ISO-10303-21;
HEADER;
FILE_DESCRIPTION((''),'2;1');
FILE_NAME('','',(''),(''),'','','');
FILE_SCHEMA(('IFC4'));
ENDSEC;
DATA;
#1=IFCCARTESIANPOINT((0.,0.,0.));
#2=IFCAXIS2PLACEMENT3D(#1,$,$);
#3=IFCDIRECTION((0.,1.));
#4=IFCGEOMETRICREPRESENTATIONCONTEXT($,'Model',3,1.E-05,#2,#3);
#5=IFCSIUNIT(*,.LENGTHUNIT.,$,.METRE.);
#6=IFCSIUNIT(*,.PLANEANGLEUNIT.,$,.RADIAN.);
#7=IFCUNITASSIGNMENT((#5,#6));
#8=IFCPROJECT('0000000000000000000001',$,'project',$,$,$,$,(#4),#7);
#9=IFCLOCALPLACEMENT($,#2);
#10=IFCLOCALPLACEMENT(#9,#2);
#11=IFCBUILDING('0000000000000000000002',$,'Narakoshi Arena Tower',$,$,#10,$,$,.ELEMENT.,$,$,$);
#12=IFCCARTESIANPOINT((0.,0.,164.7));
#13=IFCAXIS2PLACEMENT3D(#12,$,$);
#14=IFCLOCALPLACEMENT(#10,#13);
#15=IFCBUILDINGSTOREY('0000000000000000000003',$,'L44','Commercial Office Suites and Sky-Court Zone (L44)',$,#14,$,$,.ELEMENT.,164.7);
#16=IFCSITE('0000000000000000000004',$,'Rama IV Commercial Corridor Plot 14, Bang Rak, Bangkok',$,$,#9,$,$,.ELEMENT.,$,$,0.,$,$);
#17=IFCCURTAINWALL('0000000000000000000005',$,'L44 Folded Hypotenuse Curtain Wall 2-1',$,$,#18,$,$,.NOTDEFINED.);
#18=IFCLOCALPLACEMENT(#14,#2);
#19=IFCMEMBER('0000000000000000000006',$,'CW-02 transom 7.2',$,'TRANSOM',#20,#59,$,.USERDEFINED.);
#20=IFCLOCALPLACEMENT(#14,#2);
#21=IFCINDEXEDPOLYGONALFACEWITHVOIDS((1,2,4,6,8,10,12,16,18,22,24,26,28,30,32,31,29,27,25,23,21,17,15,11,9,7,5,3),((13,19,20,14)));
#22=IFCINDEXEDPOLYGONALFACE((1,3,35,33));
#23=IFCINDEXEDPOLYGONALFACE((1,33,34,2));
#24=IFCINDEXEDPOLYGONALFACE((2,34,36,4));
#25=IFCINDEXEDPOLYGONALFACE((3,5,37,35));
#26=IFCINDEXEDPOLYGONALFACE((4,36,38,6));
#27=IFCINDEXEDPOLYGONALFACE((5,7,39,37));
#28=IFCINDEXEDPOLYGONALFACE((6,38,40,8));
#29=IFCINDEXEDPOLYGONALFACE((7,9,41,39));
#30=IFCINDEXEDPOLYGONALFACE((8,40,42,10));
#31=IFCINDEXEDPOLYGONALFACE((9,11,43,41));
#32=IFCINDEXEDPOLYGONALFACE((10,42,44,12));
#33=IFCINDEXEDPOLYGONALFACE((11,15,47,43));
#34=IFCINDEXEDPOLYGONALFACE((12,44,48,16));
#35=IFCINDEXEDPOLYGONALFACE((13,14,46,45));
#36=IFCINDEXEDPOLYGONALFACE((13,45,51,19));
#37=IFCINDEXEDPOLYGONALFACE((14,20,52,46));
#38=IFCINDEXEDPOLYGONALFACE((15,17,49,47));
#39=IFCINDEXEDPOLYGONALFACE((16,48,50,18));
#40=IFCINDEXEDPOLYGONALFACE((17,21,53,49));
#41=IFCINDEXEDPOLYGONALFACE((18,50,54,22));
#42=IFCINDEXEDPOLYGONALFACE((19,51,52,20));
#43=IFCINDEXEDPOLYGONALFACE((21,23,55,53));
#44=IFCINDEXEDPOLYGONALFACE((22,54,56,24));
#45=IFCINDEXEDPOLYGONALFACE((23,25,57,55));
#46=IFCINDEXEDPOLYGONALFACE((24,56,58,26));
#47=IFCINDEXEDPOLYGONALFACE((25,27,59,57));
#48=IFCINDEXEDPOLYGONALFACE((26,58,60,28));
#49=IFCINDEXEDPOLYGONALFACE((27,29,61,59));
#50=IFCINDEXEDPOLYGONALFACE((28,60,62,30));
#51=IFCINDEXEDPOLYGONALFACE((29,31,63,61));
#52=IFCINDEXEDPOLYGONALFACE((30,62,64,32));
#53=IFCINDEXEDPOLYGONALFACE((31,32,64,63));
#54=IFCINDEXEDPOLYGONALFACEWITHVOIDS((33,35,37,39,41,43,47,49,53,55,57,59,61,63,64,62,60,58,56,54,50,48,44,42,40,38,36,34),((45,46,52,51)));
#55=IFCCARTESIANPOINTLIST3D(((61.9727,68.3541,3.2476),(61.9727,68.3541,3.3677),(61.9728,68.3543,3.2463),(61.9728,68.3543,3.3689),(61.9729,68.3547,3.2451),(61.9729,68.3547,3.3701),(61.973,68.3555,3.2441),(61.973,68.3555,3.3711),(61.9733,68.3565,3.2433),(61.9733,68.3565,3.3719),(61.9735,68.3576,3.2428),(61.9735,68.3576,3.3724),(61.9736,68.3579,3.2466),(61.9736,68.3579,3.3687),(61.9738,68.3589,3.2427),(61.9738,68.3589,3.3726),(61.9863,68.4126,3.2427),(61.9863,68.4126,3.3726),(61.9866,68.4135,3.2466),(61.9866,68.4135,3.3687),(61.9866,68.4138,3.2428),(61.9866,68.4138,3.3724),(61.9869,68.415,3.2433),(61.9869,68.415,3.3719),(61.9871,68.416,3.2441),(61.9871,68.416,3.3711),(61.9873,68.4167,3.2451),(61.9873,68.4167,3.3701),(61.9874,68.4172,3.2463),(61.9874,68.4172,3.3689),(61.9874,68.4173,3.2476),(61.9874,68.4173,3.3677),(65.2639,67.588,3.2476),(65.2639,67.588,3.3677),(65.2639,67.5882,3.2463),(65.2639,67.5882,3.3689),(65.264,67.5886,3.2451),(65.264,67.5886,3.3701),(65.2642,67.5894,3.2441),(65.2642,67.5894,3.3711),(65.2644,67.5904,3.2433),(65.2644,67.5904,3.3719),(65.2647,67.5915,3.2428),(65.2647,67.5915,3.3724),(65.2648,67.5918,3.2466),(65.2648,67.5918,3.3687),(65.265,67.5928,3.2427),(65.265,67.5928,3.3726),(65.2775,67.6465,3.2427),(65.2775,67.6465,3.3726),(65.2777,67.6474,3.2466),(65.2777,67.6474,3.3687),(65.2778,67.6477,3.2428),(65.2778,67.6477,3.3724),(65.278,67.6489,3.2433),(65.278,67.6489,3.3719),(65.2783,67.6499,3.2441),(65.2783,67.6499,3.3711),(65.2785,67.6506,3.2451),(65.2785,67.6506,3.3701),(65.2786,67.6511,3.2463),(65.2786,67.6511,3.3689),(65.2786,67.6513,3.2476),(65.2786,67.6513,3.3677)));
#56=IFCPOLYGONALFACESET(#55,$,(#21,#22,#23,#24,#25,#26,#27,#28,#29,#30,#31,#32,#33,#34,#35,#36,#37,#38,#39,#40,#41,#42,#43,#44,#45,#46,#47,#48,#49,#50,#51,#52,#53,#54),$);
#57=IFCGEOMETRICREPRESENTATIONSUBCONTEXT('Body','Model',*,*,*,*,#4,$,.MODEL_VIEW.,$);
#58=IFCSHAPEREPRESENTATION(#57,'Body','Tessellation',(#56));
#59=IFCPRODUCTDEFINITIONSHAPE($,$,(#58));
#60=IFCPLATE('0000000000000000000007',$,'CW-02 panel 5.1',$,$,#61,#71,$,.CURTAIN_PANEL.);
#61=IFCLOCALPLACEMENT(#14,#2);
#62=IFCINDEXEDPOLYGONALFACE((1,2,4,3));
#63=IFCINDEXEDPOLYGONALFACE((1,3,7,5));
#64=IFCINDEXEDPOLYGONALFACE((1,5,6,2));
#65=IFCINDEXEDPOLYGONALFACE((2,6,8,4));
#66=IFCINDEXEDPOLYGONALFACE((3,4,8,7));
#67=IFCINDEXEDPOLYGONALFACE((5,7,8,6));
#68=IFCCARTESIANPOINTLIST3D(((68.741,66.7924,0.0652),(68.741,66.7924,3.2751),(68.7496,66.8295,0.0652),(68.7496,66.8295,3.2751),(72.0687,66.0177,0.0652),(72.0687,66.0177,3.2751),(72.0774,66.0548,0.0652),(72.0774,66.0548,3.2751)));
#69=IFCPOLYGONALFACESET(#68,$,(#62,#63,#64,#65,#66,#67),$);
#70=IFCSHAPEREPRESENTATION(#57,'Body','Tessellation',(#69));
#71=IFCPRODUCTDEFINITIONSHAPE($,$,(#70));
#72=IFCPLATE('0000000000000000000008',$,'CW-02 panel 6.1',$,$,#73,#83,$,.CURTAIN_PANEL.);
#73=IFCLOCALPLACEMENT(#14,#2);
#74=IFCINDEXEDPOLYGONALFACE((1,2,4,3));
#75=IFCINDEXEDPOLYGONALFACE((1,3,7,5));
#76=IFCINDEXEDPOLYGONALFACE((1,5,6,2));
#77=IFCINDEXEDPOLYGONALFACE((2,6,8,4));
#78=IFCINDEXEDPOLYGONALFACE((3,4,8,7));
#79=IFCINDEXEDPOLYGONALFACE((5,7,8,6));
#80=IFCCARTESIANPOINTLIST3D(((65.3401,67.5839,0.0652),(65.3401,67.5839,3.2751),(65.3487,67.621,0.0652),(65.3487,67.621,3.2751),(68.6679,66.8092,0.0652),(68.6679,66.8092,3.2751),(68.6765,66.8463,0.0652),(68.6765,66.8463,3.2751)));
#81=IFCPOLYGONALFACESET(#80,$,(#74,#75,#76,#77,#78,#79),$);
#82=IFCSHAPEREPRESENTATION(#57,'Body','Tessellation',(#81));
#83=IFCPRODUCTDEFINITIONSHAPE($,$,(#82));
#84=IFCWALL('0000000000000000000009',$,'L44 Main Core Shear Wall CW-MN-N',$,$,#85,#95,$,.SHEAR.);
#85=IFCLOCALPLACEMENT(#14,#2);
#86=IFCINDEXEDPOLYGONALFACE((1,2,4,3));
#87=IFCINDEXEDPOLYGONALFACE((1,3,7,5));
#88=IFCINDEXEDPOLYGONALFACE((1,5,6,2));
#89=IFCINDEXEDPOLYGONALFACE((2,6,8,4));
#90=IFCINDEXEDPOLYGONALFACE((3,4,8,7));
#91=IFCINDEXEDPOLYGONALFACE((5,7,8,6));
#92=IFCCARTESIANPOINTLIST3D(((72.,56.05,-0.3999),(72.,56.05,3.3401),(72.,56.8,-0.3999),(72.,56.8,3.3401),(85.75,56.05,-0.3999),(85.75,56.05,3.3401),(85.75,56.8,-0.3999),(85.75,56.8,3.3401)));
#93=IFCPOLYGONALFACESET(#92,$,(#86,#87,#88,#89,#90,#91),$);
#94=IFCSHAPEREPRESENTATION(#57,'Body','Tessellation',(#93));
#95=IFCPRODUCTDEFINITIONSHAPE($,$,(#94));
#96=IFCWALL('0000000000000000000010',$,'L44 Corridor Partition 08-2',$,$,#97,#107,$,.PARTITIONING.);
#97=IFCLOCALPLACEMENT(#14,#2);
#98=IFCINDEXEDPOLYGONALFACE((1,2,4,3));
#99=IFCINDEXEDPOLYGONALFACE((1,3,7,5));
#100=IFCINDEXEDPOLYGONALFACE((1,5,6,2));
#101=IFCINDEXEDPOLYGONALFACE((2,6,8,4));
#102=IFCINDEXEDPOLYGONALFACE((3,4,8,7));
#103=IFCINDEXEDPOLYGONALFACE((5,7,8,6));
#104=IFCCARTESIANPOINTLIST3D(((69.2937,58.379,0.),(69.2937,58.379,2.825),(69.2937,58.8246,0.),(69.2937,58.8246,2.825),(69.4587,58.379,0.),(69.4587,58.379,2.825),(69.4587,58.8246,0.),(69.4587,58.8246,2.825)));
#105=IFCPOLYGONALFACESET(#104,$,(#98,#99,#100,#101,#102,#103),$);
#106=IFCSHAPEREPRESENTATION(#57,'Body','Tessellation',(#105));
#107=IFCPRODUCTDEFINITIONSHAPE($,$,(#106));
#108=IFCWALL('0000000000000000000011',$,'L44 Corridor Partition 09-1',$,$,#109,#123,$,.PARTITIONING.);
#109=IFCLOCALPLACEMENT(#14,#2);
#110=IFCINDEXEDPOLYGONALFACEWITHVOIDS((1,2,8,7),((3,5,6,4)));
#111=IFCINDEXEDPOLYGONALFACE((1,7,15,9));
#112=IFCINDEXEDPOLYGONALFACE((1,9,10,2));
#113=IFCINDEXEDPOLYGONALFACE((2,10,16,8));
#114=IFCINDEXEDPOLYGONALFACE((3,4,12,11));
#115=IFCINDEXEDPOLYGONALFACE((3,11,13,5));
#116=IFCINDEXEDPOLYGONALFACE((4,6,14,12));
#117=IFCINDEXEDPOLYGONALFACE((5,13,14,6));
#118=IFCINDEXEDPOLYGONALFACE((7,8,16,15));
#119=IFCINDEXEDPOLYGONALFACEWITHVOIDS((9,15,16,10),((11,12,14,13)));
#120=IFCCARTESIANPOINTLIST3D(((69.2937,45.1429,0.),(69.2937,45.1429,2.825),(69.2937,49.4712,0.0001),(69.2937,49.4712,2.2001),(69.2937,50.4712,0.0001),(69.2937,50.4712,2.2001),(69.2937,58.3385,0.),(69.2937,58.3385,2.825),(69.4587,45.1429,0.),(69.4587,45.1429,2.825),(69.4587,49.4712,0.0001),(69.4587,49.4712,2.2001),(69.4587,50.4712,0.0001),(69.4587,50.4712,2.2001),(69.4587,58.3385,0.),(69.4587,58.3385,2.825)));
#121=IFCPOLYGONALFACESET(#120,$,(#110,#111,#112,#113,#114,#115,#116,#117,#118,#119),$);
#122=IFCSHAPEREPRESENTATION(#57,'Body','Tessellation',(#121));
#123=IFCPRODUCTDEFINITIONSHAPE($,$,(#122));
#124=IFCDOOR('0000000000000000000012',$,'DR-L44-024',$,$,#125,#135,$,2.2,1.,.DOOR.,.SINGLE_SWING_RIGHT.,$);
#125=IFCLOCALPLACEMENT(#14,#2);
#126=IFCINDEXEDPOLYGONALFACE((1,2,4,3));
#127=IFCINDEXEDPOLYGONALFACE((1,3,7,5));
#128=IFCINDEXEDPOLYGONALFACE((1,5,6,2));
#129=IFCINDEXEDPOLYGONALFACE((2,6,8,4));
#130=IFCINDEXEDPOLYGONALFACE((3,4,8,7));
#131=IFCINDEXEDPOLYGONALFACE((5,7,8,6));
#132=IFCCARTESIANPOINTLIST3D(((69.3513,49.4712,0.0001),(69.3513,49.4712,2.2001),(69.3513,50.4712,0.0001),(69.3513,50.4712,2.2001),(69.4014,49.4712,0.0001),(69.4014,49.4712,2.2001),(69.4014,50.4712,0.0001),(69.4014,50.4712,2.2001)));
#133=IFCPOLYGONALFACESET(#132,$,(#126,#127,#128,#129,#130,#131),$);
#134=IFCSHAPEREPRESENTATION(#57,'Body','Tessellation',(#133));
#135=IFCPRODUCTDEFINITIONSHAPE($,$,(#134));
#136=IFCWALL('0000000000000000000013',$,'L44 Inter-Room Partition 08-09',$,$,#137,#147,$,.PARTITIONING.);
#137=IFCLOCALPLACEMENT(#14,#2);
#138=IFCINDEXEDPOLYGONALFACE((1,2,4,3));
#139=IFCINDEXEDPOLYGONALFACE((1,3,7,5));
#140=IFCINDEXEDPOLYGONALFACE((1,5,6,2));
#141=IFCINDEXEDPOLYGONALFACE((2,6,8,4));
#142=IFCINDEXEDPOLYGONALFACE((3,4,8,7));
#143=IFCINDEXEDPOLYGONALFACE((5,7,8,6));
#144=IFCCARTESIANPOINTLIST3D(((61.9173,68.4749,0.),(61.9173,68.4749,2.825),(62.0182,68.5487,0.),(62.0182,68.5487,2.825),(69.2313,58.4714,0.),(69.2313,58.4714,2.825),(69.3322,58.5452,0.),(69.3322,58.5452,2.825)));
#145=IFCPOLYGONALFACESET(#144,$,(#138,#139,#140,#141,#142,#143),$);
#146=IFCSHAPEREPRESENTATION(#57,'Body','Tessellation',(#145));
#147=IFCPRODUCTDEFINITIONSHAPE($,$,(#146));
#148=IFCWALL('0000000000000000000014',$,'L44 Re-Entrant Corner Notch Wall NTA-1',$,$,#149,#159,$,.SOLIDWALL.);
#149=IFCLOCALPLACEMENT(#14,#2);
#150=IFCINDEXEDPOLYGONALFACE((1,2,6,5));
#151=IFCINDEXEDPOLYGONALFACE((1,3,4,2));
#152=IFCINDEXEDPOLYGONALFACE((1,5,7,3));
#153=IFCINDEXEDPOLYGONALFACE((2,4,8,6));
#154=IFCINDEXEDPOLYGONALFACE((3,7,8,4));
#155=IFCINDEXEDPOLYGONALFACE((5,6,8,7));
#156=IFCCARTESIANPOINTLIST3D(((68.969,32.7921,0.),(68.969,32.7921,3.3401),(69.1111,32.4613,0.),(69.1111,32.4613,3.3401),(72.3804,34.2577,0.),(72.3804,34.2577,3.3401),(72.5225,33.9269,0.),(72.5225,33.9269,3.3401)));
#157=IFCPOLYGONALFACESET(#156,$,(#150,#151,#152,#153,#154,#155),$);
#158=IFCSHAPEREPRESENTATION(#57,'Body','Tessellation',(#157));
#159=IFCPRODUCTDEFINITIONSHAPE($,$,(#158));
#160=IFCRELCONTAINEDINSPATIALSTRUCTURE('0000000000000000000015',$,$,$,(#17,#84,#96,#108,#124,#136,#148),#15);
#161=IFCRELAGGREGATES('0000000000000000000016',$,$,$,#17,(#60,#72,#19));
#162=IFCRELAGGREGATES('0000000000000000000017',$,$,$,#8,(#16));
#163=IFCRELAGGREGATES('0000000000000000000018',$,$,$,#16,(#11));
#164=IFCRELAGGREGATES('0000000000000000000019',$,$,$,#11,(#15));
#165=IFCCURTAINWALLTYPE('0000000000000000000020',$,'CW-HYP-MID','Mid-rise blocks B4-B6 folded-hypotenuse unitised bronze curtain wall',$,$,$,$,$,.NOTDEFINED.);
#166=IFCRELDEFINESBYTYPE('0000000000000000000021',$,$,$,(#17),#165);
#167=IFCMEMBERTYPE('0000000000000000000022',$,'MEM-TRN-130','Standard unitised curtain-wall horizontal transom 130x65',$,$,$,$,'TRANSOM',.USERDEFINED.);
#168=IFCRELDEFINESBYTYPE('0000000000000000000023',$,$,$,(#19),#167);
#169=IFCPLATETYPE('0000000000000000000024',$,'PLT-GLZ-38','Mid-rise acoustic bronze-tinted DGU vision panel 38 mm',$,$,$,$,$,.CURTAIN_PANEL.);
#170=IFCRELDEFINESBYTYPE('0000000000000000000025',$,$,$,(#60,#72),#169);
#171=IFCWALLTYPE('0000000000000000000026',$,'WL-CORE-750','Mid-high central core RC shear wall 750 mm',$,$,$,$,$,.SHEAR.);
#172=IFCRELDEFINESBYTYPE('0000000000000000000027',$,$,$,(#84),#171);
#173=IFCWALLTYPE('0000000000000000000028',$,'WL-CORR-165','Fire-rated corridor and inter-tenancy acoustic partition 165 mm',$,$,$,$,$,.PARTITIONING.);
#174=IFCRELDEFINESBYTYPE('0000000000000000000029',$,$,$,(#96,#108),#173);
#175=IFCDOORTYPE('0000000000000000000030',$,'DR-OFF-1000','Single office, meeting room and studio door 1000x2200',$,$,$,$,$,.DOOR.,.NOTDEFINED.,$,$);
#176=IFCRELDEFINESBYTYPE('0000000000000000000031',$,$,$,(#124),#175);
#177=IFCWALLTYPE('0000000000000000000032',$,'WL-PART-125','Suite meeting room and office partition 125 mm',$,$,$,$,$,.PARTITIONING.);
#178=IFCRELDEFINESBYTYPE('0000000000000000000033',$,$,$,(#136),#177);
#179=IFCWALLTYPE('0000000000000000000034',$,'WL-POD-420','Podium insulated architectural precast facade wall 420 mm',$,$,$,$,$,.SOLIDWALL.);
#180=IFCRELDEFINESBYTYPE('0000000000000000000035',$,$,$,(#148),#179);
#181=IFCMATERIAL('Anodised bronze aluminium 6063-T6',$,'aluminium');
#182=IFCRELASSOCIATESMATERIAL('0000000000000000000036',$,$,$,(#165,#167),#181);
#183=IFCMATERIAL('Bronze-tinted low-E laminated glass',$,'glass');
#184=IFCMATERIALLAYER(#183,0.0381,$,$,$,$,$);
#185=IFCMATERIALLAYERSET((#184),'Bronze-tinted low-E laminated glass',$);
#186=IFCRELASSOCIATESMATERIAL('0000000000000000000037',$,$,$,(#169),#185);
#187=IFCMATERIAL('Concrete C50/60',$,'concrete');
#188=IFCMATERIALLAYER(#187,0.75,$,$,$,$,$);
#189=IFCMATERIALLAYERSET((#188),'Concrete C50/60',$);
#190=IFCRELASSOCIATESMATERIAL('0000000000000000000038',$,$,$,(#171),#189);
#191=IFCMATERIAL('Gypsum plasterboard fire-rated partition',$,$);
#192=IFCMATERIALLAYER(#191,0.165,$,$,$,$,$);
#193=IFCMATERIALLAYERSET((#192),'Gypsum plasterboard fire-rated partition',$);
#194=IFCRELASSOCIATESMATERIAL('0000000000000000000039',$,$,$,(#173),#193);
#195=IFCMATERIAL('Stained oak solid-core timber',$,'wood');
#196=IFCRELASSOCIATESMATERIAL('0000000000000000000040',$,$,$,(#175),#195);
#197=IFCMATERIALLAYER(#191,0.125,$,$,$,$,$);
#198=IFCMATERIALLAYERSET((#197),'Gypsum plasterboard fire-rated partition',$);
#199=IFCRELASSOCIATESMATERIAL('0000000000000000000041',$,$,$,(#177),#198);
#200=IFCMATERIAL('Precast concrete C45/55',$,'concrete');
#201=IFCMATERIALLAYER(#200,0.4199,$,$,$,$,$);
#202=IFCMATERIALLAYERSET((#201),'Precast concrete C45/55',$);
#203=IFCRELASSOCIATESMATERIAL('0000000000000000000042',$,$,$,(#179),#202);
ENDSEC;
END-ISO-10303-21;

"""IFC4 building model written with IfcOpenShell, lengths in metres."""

from ifc_helpers import new_model, si_unit, direction, frame, frame_2d, origin, origin_2d, place, context, subcontext, project, spatial, rectangle, hollow_rectangle, extrude, material, layer, layer_set, material_profile, profile_set, type_object, element, fill, aggregate, save


model = new_model("IFC4")

# Units and contexts
model_context = context("Model", 3, precision=1e-05, world=origin(), true_north=direction((0.0, 1.0)))
body_context = subcontext(model_context, "Body", "Model", "MODEL_VIEW")
ifc_project = project(units=[si_unit("LENGTHUNIT", "METRE"), si_unit("PLANEANGLEUNIT", "RADIAN")], contexts=[model_context])

# Site, building, storey
site_placement = place(None, origin())
site = spatial("IfcSite", under=ifc_project, at=site_placement, Name="Rama IV Commercial Corridor Plot 14, Bang Rak, Bangkok", CompositionType="ELEMENT", RefElevation=0.0)
building_placement = place(site_placement, origin())
building = spatial("IfcBuilding", under=site, at=building_placement, Name="Narakoshi Arena Tower", CompositionType="ELEMENT")
storey_placement = place(building_placement, frame((0.0, 0.0, 164.7)))
storey = spatial("IfcBuildingStorey", under=building, at=storey_placement, Name="L44", Description="Commercial Office Suites and Sky-Court Zone (L44)", CompositionType="ELEMENT", Elevation=164.7)

# Curtain wall, member, plates
ifc_material_1 = material(Name="Anodised bronze aluminium 6063-T6", Category="aluminium")
curtain_wall_type = type_object("IfcCurtainWallType", Name="CW-HYP-MID", Description="Mid-rise blocks B4-B6 folded-hypotenuse unitised bronze curtain wall", PredefinedType="NOTDEFINED", material=ifc_material_1)
curtain_wall_placement = place(storey_placement, origin())
curtain_wall = element("IfcCurtainWall", 1, at=curtain_wall_placement, inside=storey, type_object=curtain_wall_type, Name="L44 Folded Hypotenuse Curtain Wall 2-1", PredefinedType="NOTDEFINED")
ifc_material_profile_1 = material_profile(ifc_material_1, hollow_rectangle(XDim=0.0649, YDim=0.1299, WallThickness=0.0039, OuterFilletRadius=0.0049, at=origin_2d()), Name="TRN130x65x4")
ifc_profile_set_1 = profile_set([ifc_material_profile_1], Name="Anodised bronze aluminium 6063-T6")
member_type_1 = type_object("IfcMemberType", Name="MEM-TRN-130", Description="Standard unitised curtain-wall horizontal transom 130x65", ElementType="TRANSOM", PredefinedType="USERDEFINED", material=ifc_profile_set_1)
member_1_placement = place(storey_placement, frame((65.2712, 67.6196, 3.3076), z_axis=(-0.973962, 0.226711, 0.0), x_axis=(-0.226711, -0.973962, 0.0)))
member_1 = element("IfcMember", 2, at=member_1_placement, type_object=member_type_1, Name="CW-02 transom 7.2", ObjectType="TRANSOM", PredefinedType="USERDEFINED", context=body_context, shape_type="SweptSolid", body=[
    extrude(hollow_rectangle(XDim=0.0649, YDim=0.1299, WallThickness=0.0039, OuterFilletRadius=0.0049, at=origin_2d()), origin(), (0.0, 0.0, 1.0), 3.3792),
])
ifc_material_2 = material(Name="Bronze-tinted low-E laminated glass", Category="glass")
ifc_layer_1 = layer(ifc_material_2, 0.0381)
ifc_layer_set_1 = layer_set([ifc_layer_1], Name="Bronze-tinted low-E laminated glass")
plate_type = type_object("IfcPlateType", Name="PLT-GLZ-38", Description="Mid-rise acoustic bronze-tinted DGU vision panel 38 mm", PredefinedType="CURTAIN_PANEL", material=ifc_layer_set_1)
plate_1_placement = place(storey_placement, frame((70.4092, 66.4236, 0.0652), z_axis=(0.0, 0.0, 1.0), x_axis=(-0.97396, 0.226721, 0.0)))
plate_1 = element("IfcPlate", 3, at=plate_1_placement, type_object=plate_type, Name="CW-02 panel 5.1", PredefinedType="CURTAIN_PANEL", context=body_context, shape_type="SweptSolid", body=[
    extrude(rectangle(XDim=3.4167, YDim=0.0381, at=origin_2d()), origin(), (0.0, 0.0, 1.0), 3.21),
])
plate_2_placement = place(storey_placement, frame((67.0083, 67.2151, 0.0652), z_axis=(0.0, 0.0, 1.0), x_axis=(-0.97396, 0.226721, 0.0)))
plate_2 = element("IfcPlate", 4, at=plate_2_placement, type_object=plate_type, Name="CW-02 panel 6.1", PredefinedType="CURTAIN_PANEL", context=body_context, shape_type="SweptSolid", body=[
    extrude(rectangle(XDim=3.4167, YDim=0.0381, at=origin_2d()), origin(), (0.0, 0.0, 1.0), 3.21),
])
aggregate(curtain_wall, [plate_1, plate_2, member_1])

# Walls
ifc_material_3 = material(Name="Concrete C50/60", Category="concrete")
ifc_layer_2 = layer(ifc_material_3, 0.75)
ifc_layer_set_2 = layer_set([ifc_layer_2], Name="Concrete C50/60")
wall_type_1 = type_object("IfcWallType", Name="WL-CORE-750", Description="Mid-high central core RC shear wall 750 mm", PredefinedType="SHEAR", material=ifc_layer_set_2)
wall_1_placement = place(storey_placement, frame((72.0, 56.425, -0.3999), z_axis=(0.0, 0.0, 1.0), x_axis=(1.0, 0.0, 0.0)))
element("IfcWall", 5, at=wall_1_placement, inside=storey, type_object=wall_type_1, Name="L44 Main Core Shear Wall CW-MN-N", PredefinedType="SHEAR", context=body_context, shape_type="SweptSolid", body=[
    extrude(rectangle(XDim=13.75, YDim=0.75, at=frame_2d((6.875, 0.0))), origin(), (0.0, 0.0, 1.0), 3.74),
])
ifc_material_4 = material(Name="Gypsum plasterboard fire-rated partition")
ifc_layer_3 = layer(ifc_material_4, 0.165)
ifc_layer_set_3 = layer_set([ifc_layer_3], Name="Gypsum plasterboard fire-rated partition")
wall_type_2 = type_object("IfcWallType", Name="WL-CORR-165", Description="Fire-rated corridor and inter-tenancy acoustic partition 165 mm", PredefinedType="PARTITIONING", material=ifc_layer_set_3)
wall_2_placement = place(storey_placement, frame((69.3762, 58.8245, 0.0), z_axis=(0.0, 0.0, 1.0), x_axis=(0.0, -1.0, 0.0)))
element("IfcWall", 6, at=wall_2_placement, inside=storey, type_object=wall_type_2, Name="L44 Corridor Partition 08-2", PredefinedType="PARTITIONING", context=body_context, shape_type="SweptSolid", body=[
    extrude(rectangle(XDim=0.4456, YDim=0.165, at=frame_2d((0.2227, 0.0))), origin(), (0.0, 0.0, 1.0), 2.825),
])

# Wall, opening, door
wall_3_placement = place(storey_placement, frame((69.3762, 58.3384, 0.0), z_axis=(0.0, 0.0, 1.0), x_axis=(0.0, -1.0, 0.0)))
wall_3 = element("IfcWall", 7, at=wall_3_placement, inside=storey, type_object=wall_type_2, Name="L44 Corridor Partition 09-1", PredefinedType="PARTITIONING", context=body_context, shape_type="SweptSolid", body=[
    extrude(rectangle(XDim=13.1956, YDim=0.165, at=frame_2d((6.5977, 0.0))), origin(), (0.0, 0.0, 1.0), 2.825),
])
opening_1_placement = place(wall_3_placement, frame((7.8672, 0.0, 0.0)))
opening_1 = element("IfcOpeningElement", 8, at=opening_1_placement, cuts=wall_3, PredefinedType="OPENING", context=body_context, shape_type="SweptSolid", body=[
    extrude(rectangle(XDim=1.0, YDim=2.2, at=frame_2d((0.5, 1.1001))), frame((0.0, 0.0925, 0.0), z_axis=(0.0, -1.0, 0.0), x_axis=(1.0, 0.0, 0.0)), (0.0, 0.0, 1.0), 0.1851),
])
ifc_material_5 = material(Name="Stained oak solid-core timber", Category="wood")
door_type_1 = type_object("IfcDoorType", Name="DR-OFF-1000", Description="Single office, meeting room and studio door 1000x2200", OperationType="NOTDEFINED", PredefinedType="DOOR", material=ifc_material_5)
door_1_placement = place(opening_1_placement, frame((1.0, 0.0, 0.0), z_axis=(0.0, 0.0, 1.0), x_axis=(-1.0, 0.0, 0.0)))
door_1 = element("IfcDoor", 9, at=door_1_placement, inside=storey, type_object=door_type_1, Name="DR-L44-024", OperationType="SINGLE_SWING_RIGHT", OverallHeight=2.2, OverallWidth=1.0, PredefinedType="DOOR", context=body_context, shape_type="SweptSolid", body=[
    extrude(rectangle(XDim=1.0, YDim=2.2, at=frame_2d((0.5, 1.1001))), frame((0.0, 0.0249, 0.0), z_axis=(0.0, -1.0, 0.0), x_axis=(1.0, 0.0, 0.0)), (0.0, 0.0, 1.0), 0.05),
])
fill(opening_1, door_1)

# Walls
ifc_layer_4 = layer(ifc_material_4, 0.125)
ifc_layer_set_4 = layer_set([ifc_layer_4], Name="Gypsum plasterboard fire-rated partition")
wall_type_3 = type_object("IfcWallType", Name="WL-PART-125", Description="Suite meeting room and office partition 125 mm", PredefinedType="PARTITIONING", material=ifc_layer_set_4)
wall_4_placement = place(storey_placement, frame((69.2817, 58.5083, 0.0), z_axis=(0.0, 0.0, 1.0), x_axis=(-0.590215, 0.807246, 0.0)))
element("IfcWall", 10, at=wall_4_placement, inside=storey, type_object=wall_type_3, Name="L44 Inter-Room Partition 08-09", PredefinedType="PARTITIONING", context=body_context, shape_type="SweptSolid", body=[
    extrude(rectangle(XDim=12.3921, YDim=0.125, at=frame_2d((6.196, 0.0))), origin(), (0.0, 0.0, 1.0), 2.825),
])
ifc_material_6 = material(Name="Precast concrete C45/55", Category="concrete")
ifc_layer_5 = layer(ifc_material_6, 0.4199)
ifc_layer_set_5 = layer_set([ifc_layer_5], Name="Precast concrete C45/55")
wall_type_4 = type_object("IfcWallType", Name="WL-POD-420", Description="Podium insulated architectural precast facade wall 420 mm", PredefinedType="SOLIDWALL", material=ifc_layer_set_5)
wall_5_placement = place(storey_placement, frame((69.04, 32.6267, 0.0), z_axis=(0.0, 0.0, 1.0), x_axis=(0.918798, 0.394729, 0.0)))
element("IfcWall", 11, at=wall_5_placement, inside=storey, type_object=wall_type_4, Name="L44 Re-Entrant Corner Notch Wall NTA-1", PredefinedType="SOLIDWALL", context=body_context, shape_type="SweptSolid", body=[
    extrude(rectangle(XDim=3.7129, YDim=0.3601, at=frame_2d((1.8564, 0.0))), origin(), (0.0, 0.0, 1.0), 3.3401),
])

save(model, "model.ifc")
